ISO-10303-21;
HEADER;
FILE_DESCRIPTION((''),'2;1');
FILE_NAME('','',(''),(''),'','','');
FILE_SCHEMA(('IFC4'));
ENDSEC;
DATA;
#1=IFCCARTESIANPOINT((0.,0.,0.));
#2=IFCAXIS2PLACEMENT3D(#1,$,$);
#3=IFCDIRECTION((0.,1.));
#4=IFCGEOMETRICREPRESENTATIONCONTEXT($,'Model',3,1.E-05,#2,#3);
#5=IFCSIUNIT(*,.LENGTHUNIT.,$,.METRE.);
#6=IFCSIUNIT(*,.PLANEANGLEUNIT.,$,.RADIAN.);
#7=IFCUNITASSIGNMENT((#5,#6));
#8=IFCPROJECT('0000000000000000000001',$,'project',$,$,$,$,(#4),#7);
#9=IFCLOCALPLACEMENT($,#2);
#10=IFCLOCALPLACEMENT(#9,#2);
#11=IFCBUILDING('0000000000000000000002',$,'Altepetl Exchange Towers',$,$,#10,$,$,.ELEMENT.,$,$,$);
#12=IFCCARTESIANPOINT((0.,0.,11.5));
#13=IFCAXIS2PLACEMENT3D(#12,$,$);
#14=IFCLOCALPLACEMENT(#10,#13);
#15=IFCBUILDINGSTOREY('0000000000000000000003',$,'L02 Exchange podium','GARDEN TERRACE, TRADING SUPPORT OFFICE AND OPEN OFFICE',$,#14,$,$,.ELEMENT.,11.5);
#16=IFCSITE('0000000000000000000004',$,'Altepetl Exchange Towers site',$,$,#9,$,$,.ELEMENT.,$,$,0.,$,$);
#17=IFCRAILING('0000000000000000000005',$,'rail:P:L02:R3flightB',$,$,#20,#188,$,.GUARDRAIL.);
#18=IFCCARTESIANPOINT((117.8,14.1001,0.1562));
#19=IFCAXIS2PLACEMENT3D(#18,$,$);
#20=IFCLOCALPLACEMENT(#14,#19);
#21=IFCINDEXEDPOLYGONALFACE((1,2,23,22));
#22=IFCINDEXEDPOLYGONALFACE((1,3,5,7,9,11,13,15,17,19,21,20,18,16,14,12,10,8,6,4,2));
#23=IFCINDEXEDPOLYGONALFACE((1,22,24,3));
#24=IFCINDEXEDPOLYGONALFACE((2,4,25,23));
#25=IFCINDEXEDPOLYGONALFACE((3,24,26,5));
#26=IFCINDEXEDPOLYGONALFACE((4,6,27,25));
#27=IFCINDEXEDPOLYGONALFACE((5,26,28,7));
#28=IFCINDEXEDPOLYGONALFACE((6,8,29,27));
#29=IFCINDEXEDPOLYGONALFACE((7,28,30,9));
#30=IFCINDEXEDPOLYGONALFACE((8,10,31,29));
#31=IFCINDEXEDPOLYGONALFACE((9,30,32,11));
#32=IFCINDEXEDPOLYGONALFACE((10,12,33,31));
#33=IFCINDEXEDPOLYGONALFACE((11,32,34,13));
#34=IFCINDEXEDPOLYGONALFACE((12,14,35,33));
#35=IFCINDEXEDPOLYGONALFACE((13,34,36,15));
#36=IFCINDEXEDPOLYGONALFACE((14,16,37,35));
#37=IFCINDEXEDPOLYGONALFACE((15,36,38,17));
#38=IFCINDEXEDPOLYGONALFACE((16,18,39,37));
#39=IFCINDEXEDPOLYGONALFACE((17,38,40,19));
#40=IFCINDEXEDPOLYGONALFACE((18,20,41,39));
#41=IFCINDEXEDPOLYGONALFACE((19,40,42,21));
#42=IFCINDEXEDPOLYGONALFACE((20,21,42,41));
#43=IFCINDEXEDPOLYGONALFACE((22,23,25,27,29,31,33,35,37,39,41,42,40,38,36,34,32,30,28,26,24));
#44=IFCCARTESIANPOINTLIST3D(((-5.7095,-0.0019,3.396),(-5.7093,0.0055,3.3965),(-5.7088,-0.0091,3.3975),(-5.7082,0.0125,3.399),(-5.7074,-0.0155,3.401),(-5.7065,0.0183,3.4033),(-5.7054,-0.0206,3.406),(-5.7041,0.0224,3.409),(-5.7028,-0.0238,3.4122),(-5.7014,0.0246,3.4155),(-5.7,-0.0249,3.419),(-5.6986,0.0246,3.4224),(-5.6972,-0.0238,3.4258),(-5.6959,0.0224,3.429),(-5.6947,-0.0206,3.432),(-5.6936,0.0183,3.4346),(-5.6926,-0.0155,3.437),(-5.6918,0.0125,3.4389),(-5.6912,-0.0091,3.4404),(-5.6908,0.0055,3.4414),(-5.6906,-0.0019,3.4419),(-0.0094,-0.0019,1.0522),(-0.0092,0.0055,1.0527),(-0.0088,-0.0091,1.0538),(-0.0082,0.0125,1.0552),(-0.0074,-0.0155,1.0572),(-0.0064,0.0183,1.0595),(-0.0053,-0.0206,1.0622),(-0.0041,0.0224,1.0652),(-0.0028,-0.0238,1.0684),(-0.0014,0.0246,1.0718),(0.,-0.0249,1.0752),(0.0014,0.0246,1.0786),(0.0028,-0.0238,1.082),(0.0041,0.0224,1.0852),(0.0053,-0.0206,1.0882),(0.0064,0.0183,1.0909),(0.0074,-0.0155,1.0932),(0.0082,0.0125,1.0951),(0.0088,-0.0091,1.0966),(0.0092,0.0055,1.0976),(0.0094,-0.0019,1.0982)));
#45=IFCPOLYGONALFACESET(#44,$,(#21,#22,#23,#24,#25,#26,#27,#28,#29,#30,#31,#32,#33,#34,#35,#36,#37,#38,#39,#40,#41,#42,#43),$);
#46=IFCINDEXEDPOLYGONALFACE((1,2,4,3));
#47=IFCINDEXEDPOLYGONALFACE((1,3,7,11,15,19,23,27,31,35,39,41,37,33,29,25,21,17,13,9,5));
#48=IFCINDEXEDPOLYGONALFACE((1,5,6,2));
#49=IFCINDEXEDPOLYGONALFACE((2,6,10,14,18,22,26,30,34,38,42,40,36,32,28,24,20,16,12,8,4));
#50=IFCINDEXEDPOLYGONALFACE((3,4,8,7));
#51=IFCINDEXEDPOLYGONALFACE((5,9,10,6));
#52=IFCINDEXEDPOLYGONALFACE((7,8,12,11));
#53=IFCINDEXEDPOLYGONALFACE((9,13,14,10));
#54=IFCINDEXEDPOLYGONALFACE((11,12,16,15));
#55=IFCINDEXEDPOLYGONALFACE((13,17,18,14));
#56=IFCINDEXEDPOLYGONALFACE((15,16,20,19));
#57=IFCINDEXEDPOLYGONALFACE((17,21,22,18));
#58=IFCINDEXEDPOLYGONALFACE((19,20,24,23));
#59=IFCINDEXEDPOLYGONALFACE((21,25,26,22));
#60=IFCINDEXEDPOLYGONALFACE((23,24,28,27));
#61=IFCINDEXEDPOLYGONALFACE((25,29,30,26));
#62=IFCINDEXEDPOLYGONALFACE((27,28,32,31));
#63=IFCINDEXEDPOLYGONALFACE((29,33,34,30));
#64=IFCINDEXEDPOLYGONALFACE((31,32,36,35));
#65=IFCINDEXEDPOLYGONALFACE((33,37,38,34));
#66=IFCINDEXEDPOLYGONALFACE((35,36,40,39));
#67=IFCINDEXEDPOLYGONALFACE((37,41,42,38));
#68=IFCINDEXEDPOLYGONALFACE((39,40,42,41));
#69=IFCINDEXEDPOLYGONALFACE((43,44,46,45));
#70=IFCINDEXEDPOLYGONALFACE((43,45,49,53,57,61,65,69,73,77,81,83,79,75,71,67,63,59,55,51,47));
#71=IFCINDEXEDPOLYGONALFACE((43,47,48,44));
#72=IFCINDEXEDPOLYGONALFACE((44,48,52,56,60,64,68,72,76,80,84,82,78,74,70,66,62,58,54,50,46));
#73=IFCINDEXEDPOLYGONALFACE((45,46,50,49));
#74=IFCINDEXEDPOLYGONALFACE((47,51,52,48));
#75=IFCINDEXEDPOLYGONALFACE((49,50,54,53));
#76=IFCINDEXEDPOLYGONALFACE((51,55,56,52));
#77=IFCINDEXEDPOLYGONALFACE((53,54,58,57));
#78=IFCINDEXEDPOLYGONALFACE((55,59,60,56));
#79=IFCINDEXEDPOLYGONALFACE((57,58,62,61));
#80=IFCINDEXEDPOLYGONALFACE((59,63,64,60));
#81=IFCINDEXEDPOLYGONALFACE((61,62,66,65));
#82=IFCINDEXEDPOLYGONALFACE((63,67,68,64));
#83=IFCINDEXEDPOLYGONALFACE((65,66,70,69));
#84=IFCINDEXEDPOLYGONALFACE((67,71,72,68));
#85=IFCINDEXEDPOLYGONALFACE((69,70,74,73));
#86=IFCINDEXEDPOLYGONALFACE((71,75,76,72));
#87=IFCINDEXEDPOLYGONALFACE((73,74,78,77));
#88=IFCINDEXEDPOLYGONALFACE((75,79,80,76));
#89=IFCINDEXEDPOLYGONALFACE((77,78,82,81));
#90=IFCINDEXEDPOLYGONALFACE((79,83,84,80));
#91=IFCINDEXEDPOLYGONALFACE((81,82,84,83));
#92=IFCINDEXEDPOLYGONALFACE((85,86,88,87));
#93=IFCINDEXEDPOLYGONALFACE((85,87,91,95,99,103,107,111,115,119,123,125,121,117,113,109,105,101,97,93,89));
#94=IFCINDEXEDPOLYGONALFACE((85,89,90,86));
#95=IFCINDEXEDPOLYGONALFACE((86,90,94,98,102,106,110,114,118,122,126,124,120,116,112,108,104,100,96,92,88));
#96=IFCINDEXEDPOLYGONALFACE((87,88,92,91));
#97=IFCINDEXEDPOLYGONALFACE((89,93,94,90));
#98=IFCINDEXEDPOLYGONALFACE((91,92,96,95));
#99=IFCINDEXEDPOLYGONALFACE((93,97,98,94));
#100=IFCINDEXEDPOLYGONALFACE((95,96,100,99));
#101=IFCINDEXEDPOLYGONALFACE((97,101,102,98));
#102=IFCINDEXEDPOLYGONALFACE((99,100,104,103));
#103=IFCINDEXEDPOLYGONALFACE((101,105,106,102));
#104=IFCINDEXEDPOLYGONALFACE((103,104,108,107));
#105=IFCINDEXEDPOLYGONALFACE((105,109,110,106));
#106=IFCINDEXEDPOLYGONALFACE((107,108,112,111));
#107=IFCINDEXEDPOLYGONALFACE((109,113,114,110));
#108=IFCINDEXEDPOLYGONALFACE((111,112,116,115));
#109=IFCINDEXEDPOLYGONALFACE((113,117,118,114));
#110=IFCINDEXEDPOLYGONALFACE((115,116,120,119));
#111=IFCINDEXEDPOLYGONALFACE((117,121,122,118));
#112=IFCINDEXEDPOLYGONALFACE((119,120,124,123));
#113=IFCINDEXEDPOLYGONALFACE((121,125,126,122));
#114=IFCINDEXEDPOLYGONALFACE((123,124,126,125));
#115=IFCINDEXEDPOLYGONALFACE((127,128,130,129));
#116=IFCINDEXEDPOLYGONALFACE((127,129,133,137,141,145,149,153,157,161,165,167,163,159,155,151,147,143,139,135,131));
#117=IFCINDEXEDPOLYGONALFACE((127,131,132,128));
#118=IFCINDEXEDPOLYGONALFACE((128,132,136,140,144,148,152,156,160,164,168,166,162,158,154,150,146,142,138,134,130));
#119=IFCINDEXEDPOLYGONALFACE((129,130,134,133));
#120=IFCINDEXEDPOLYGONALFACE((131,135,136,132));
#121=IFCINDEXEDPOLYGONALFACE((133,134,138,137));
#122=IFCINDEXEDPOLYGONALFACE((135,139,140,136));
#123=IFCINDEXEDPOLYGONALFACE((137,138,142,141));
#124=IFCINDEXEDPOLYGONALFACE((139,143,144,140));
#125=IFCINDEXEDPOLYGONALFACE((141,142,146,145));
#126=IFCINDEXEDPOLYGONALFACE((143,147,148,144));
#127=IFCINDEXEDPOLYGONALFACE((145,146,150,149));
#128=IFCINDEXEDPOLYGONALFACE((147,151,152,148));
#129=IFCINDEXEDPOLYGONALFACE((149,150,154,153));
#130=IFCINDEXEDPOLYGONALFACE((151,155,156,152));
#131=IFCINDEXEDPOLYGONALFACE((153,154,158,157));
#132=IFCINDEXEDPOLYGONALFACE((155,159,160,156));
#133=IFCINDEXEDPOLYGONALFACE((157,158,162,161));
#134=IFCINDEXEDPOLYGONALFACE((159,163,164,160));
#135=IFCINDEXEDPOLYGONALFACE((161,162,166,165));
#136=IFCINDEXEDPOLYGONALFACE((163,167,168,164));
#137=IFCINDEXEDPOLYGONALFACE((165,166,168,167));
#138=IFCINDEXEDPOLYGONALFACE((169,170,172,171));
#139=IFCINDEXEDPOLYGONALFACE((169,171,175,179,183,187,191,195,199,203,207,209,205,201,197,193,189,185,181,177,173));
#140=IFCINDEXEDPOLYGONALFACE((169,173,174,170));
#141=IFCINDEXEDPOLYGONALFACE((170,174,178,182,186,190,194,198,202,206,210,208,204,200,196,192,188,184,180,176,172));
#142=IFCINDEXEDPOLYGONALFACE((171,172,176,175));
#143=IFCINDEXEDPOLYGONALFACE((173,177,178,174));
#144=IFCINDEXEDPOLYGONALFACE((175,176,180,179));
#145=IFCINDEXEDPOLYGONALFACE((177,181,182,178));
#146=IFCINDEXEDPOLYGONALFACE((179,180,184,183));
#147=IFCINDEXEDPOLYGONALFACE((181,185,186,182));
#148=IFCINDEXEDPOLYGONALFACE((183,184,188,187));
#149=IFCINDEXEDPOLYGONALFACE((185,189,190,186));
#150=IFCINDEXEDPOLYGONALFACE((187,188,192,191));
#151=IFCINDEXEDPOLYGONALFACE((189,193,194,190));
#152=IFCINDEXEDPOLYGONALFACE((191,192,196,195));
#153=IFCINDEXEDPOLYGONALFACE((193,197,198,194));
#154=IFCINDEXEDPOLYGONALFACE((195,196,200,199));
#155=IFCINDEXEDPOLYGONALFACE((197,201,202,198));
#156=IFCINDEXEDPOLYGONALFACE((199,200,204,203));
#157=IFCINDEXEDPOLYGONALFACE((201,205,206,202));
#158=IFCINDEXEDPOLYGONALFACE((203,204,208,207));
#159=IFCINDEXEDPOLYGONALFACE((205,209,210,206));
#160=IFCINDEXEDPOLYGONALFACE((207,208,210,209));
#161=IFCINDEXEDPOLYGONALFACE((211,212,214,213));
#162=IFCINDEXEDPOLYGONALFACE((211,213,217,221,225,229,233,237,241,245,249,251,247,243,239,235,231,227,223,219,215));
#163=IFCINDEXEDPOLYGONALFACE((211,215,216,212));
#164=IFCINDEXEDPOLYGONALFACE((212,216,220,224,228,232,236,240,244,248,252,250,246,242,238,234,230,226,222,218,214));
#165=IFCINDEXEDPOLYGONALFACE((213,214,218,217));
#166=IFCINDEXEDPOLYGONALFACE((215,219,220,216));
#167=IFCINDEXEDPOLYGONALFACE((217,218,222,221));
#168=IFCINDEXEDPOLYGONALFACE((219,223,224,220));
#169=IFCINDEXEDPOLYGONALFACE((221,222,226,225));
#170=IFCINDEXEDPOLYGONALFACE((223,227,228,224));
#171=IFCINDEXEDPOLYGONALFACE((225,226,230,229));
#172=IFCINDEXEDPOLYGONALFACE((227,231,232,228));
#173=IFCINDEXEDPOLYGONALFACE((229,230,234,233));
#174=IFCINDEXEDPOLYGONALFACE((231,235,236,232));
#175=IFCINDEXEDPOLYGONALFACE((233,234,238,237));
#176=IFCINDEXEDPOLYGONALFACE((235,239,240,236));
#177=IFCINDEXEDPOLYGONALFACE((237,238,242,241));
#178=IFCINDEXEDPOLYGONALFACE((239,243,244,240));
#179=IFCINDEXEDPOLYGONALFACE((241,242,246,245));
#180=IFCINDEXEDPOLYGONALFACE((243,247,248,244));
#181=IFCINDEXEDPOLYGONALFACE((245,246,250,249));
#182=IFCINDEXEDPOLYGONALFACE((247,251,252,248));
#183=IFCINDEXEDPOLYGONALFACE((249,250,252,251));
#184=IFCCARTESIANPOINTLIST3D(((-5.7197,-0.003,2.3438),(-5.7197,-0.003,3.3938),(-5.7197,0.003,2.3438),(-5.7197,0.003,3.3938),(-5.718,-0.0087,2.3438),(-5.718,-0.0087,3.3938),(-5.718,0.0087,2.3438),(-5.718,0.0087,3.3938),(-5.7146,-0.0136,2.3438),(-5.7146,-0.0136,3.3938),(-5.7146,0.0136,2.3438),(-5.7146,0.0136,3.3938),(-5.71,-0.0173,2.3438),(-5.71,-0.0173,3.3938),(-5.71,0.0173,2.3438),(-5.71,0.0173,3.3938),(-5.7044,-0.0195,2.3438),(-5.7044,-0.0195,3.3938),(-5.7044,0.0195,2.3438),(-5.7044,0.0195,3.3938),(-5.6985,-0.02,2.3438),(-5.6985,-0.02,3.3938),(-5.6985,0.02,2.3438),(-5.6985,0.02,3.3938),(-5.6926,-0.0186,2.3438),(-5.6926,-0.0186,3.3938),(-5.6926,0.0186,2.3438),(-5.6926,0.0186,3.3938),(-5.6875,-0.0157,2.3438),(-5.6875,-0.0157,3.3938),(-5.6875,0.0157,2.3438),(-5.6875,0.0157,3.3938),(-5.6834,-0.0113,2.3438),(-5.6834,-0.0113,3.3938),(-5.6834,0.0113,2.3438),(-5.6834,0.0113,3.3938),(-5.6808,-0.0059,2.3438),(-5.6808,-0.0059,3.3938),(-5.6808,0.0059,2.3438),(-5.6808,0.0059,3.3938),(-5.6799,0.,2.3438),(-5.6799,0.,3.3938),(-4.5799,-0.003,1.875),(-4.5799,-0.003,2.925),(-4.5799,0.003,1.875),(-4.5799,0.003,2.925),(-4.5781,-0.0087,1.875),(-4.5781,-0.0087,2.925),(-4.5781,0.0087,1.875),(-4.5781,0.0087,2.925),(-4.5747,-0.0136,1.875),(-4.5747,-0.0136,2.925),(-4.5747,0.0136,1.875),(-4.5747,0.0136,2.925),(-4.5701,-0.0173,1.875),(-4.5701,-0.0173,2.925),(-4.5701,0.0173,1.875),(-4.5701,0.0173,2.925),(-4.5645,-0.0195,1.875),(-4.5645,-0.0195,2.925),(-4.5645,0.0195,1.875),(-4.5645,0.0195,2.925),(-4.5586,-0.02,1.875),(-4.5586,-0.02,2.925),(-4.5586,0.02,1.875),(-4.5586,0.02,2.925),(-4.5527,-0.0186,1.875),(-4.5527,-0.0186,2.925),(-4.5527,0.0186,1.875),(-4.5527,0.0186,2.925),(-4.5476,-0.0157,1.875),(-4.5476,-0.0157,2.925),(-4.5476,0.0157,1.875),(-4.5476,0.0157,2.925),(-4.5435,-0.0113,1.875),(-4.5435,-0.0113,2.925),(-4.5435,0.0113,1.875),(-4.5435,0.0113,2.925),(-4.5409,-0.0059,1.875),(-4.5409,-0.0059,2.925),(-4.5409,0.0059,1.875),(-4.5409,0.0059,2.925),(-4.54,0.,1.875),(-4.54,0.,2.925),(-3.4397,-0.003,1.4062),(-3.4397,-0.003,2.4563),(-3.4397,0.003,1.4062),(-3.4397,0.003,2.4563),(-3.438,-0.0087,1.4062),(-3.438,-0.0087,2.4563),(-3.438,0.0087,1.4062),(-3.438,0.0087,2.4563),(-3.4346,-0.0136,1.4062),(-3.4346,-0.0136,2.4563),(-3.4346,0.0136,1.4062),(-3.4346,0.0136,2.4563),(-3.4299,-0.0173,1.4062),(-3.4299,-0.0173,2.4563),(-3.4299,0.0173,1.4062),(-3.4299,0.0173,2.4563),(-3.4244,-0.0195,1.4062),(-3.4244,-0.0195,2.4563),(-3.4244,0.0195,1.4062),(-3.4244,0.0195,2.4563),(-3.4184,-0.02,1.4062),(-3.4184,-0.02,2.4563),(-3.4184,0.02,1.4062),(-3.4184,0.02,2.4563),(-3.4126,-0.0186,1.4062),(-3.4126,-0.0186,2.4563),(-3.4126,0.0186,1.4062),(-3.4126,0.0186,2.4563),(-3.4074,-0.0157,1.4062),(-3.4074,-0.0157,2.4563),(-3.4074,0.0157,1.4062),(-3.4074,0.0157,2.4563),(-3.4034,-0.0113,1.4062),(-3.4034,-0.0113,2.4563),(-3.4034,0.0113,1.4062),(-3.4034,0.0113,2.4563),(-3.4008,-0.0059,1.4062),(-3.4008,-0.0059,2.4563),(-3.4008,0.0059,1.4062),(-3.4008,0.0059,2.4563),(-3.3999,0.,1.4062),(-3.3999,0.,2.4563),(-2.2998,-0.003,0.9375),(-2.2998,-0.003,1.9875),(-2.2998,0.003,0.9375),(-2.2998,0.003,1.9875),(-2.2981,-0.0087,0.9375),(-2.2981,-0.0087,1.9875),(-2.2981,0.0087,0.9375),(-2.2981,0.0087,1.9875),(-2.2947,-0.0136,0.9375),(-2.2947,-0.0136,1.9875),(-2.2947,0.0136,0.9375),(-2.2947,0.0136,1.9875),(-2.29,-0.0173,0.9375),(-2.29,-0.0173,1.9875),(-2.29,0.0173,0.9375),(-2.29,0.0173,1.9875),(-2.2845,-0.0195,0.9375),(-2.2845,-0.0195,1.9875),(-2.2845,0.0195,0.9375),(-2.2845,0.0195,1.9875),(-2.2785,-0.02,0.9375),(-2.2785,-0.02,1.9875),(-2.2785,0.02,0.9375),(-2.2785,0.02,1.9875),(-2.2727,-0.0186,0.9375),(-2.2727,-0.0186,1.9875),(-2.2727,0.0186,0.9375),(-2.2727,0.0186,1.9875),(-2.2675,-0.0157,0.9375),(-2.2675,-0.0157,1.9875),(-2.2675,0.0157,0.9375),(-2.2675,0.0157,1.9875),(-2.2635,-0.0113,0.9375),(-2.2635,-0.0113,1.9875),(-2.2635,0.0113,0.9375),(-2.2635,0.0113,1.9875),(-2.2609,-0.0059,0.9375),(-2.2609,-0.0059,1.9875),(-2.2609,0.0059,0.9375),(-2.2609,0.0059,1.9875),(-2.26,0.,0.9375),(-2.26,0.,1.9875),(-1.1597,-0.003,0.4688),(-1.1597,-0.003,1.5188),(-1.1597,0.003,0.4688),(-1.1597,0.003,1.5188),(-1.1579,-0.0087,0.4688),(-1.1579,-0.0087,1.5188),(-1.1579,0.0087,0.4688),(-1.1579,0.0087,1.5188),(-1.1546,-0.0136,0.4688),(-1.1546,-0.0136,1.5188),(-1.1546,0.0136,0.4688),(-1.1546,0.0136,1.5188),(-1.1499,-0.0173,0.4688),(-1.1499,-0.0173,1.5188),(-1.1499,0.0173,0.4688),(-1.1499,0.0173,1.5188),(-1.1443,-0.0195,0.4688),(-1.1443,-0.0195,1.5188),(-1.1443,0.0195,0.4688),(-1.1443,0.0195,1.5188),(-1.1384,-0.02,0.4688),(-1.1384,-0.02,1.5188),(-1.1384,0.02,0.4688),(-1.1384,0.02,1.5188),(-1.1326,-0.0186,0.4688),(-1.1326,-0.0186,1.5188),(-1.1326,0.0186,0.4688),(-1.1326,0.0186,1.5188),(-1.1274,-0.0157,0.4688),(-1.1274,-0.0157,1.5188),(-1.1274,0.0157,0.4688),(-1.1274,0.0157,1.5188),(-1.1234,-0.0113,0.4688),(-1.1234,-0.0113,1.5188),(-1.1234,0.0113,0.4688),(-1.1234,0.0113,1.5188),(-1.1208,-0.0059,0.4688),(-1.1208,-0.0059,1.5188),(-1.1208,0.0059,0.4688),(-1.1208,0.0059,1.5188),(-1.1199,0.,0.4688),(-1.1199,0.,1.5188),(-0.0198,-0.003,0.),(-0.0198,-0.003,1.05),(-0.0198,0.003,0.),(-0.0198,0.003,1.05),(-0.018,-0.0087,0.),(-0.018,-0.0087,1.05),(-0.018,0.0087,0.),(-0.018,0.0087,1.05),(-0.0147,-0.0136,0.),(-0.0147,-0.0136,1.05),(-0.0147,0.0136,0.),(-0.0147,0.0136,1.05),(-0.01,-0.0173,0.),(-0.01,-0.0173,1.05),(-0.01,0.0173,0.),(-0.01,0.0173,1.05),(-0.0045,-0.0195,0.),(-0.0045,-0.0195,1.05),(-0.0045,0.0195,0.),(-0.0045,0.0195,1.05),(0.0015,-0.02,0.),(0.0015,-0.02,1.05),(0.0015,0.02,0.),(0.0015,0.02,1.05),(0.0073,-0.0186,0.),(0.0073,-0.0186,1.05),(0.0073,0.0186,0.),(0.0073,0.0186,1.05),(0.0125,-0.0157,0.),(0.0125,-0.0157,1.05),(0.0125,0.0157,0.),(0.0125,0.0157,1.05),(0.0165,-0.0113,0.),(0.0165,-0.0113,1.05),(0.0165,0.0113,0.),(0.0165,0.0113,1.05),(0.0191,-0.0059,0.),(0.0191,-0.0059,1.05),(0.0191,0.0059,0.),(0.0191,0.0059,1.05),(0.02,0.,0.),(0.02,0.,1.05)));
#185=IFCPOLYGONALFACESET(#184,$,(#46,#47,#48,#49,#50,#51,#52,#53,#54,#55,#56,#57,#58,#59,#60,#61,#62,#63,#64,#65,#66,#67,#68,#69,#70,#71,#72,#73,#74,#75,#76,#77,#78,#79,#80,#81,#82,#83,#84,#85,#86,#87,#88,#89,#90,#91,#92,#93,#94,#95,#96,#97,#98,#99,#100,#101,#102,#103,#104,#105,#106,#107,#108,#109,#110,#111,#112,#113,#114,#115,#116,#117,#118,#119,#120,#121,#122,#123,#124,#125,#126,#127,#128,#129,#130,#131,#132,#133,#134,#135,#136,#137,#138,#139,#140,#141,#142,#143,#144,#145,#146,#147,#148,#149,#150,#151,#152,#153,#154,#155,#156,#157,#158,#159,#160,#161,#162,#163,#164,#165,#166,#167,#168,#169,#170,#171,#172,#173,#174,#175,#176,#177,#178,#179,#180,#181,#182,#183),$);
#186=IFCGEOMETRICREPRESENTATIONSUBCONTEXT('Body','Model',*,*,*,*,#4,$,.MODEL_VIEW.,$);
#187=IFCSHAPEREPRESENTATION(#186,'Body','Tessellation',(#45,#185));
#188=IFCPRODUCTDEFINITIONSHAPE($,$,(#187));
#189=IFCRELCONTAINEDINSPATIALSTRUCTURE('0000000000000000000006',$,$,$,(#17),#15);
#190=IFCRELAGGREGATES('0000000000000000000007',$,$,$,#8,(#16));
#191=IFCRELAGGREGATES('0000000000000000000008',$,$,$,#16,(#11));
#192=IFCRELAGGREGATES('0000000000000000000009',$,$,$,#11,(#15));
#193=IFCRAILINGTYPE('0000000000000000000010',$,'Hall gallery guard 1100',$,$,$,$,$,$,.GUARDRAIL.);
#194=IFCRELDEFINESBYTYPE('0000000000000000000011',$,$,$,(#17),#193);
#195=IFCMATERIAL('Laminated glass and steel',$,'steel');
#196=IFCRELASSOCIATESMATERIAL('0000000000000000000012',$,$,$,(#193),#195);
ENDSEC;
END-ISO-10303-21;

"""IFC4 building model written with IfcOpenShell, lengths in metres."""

from ifc_helpers import new_model, si_unit, direction, frame, origin, origin_2d, place, context, subcontext, project, spatial, circle, extrude, source, transform, mapped, material, type_object, element, save


model = new_model("IFC4")

# Units and contexts
model_context = context("Model", 3, precision=1e-05, world=origin(), true_north=direction((0.0, 1.0)))
body_context = subcontext(model_context, "Body", "Model", "MODEL_VIEW")
ifc_project = project(units=[si_unit("LENGTHUNIT", "METRE"), si_unit("PLANEANGLEUNIT", "RADIAN")], contexts=[model_context])

# Site, building, storey
site_placement = place(None, origin())
site = spatial("IfcSite", under=ifc_project, at=site_placement, Name="Altepetl Exchange Towers site", CompositionType="ELEMENT", RefElevation=0.0)
building_placement = place(site_placement, origin())
building = spatial("IfcBuilding", under=site, at=building_placement, Name="Altepetl Exchange Towers", CompositionType="ELEMENT")
storey_placement = place(building_placement, frame((0.0, 0.0, 11.5)))
storey = spatial("IfcBuildingStorey", under=building, at=storey_placement, Name="L02 Exchange podium", Description="GARDEN TERRACE, TRADING SUPPORT OFFICE AND OPEN OFFICE", CompositionType="ELEMENT", Elevation=11.5)

# Railing
ifc_material_1 = material(Name="Laminated glass and steel", Category="steel")
railing_type_1 = type_object("IfcRailingType", Name="Hall gallery guard 1100", PredefinedType="GUARDRAIL", material=ifc_material_1)
shared_shape_1 = source(origin(), body_context, "Body", "SweptSolid", [
    extrude(circle(Radius=0.02, at=origin_2d()), origin(), (0.0, 0.0, 1.0), 1.05),
])
for number, where, name in (
    (1, (117.8, 14.1001, 0.1562), "rail:P:L02:R3flightB"),
):
    element("IfcRailing", number, at=place(storey_placement, frame(where)), inside=storey, type_object=railing_type_1, Name=name, PredefinedType="GUARDRAIL", context=body_context, shape_type="SweptSolid", body=[
        extrude(circle(Radius=0.0249, at=origin_2d()), frame((0.0, 0.0, 1.0752), z_axis=(-0.924866, 0.0, 0.380293), x_axis=(0.0, -1.0, 0.0)), (0.0, 0.0, 1.0), 6.1631),
        mapped(shared_shape_1, transform((0.0, 0.0, 0.0))),
        mapped(shared_shape_1, transform((-1.1399, 0.0, 0.4688))),
        mapped(shared_shape_1, transform((-2.28, 0.0, 0.9375))),
        mapped(shared_shape_1, transform((-3.4199, 0.0, 1.4062))),
        mapped(shared_shape_1, transform((-4.5601, 0.0, 1.875))),
        mapped(shared_shape_1, transform((-5.7, 0.0, 2.3438))),
    ])

save(model, "model.ifc")
